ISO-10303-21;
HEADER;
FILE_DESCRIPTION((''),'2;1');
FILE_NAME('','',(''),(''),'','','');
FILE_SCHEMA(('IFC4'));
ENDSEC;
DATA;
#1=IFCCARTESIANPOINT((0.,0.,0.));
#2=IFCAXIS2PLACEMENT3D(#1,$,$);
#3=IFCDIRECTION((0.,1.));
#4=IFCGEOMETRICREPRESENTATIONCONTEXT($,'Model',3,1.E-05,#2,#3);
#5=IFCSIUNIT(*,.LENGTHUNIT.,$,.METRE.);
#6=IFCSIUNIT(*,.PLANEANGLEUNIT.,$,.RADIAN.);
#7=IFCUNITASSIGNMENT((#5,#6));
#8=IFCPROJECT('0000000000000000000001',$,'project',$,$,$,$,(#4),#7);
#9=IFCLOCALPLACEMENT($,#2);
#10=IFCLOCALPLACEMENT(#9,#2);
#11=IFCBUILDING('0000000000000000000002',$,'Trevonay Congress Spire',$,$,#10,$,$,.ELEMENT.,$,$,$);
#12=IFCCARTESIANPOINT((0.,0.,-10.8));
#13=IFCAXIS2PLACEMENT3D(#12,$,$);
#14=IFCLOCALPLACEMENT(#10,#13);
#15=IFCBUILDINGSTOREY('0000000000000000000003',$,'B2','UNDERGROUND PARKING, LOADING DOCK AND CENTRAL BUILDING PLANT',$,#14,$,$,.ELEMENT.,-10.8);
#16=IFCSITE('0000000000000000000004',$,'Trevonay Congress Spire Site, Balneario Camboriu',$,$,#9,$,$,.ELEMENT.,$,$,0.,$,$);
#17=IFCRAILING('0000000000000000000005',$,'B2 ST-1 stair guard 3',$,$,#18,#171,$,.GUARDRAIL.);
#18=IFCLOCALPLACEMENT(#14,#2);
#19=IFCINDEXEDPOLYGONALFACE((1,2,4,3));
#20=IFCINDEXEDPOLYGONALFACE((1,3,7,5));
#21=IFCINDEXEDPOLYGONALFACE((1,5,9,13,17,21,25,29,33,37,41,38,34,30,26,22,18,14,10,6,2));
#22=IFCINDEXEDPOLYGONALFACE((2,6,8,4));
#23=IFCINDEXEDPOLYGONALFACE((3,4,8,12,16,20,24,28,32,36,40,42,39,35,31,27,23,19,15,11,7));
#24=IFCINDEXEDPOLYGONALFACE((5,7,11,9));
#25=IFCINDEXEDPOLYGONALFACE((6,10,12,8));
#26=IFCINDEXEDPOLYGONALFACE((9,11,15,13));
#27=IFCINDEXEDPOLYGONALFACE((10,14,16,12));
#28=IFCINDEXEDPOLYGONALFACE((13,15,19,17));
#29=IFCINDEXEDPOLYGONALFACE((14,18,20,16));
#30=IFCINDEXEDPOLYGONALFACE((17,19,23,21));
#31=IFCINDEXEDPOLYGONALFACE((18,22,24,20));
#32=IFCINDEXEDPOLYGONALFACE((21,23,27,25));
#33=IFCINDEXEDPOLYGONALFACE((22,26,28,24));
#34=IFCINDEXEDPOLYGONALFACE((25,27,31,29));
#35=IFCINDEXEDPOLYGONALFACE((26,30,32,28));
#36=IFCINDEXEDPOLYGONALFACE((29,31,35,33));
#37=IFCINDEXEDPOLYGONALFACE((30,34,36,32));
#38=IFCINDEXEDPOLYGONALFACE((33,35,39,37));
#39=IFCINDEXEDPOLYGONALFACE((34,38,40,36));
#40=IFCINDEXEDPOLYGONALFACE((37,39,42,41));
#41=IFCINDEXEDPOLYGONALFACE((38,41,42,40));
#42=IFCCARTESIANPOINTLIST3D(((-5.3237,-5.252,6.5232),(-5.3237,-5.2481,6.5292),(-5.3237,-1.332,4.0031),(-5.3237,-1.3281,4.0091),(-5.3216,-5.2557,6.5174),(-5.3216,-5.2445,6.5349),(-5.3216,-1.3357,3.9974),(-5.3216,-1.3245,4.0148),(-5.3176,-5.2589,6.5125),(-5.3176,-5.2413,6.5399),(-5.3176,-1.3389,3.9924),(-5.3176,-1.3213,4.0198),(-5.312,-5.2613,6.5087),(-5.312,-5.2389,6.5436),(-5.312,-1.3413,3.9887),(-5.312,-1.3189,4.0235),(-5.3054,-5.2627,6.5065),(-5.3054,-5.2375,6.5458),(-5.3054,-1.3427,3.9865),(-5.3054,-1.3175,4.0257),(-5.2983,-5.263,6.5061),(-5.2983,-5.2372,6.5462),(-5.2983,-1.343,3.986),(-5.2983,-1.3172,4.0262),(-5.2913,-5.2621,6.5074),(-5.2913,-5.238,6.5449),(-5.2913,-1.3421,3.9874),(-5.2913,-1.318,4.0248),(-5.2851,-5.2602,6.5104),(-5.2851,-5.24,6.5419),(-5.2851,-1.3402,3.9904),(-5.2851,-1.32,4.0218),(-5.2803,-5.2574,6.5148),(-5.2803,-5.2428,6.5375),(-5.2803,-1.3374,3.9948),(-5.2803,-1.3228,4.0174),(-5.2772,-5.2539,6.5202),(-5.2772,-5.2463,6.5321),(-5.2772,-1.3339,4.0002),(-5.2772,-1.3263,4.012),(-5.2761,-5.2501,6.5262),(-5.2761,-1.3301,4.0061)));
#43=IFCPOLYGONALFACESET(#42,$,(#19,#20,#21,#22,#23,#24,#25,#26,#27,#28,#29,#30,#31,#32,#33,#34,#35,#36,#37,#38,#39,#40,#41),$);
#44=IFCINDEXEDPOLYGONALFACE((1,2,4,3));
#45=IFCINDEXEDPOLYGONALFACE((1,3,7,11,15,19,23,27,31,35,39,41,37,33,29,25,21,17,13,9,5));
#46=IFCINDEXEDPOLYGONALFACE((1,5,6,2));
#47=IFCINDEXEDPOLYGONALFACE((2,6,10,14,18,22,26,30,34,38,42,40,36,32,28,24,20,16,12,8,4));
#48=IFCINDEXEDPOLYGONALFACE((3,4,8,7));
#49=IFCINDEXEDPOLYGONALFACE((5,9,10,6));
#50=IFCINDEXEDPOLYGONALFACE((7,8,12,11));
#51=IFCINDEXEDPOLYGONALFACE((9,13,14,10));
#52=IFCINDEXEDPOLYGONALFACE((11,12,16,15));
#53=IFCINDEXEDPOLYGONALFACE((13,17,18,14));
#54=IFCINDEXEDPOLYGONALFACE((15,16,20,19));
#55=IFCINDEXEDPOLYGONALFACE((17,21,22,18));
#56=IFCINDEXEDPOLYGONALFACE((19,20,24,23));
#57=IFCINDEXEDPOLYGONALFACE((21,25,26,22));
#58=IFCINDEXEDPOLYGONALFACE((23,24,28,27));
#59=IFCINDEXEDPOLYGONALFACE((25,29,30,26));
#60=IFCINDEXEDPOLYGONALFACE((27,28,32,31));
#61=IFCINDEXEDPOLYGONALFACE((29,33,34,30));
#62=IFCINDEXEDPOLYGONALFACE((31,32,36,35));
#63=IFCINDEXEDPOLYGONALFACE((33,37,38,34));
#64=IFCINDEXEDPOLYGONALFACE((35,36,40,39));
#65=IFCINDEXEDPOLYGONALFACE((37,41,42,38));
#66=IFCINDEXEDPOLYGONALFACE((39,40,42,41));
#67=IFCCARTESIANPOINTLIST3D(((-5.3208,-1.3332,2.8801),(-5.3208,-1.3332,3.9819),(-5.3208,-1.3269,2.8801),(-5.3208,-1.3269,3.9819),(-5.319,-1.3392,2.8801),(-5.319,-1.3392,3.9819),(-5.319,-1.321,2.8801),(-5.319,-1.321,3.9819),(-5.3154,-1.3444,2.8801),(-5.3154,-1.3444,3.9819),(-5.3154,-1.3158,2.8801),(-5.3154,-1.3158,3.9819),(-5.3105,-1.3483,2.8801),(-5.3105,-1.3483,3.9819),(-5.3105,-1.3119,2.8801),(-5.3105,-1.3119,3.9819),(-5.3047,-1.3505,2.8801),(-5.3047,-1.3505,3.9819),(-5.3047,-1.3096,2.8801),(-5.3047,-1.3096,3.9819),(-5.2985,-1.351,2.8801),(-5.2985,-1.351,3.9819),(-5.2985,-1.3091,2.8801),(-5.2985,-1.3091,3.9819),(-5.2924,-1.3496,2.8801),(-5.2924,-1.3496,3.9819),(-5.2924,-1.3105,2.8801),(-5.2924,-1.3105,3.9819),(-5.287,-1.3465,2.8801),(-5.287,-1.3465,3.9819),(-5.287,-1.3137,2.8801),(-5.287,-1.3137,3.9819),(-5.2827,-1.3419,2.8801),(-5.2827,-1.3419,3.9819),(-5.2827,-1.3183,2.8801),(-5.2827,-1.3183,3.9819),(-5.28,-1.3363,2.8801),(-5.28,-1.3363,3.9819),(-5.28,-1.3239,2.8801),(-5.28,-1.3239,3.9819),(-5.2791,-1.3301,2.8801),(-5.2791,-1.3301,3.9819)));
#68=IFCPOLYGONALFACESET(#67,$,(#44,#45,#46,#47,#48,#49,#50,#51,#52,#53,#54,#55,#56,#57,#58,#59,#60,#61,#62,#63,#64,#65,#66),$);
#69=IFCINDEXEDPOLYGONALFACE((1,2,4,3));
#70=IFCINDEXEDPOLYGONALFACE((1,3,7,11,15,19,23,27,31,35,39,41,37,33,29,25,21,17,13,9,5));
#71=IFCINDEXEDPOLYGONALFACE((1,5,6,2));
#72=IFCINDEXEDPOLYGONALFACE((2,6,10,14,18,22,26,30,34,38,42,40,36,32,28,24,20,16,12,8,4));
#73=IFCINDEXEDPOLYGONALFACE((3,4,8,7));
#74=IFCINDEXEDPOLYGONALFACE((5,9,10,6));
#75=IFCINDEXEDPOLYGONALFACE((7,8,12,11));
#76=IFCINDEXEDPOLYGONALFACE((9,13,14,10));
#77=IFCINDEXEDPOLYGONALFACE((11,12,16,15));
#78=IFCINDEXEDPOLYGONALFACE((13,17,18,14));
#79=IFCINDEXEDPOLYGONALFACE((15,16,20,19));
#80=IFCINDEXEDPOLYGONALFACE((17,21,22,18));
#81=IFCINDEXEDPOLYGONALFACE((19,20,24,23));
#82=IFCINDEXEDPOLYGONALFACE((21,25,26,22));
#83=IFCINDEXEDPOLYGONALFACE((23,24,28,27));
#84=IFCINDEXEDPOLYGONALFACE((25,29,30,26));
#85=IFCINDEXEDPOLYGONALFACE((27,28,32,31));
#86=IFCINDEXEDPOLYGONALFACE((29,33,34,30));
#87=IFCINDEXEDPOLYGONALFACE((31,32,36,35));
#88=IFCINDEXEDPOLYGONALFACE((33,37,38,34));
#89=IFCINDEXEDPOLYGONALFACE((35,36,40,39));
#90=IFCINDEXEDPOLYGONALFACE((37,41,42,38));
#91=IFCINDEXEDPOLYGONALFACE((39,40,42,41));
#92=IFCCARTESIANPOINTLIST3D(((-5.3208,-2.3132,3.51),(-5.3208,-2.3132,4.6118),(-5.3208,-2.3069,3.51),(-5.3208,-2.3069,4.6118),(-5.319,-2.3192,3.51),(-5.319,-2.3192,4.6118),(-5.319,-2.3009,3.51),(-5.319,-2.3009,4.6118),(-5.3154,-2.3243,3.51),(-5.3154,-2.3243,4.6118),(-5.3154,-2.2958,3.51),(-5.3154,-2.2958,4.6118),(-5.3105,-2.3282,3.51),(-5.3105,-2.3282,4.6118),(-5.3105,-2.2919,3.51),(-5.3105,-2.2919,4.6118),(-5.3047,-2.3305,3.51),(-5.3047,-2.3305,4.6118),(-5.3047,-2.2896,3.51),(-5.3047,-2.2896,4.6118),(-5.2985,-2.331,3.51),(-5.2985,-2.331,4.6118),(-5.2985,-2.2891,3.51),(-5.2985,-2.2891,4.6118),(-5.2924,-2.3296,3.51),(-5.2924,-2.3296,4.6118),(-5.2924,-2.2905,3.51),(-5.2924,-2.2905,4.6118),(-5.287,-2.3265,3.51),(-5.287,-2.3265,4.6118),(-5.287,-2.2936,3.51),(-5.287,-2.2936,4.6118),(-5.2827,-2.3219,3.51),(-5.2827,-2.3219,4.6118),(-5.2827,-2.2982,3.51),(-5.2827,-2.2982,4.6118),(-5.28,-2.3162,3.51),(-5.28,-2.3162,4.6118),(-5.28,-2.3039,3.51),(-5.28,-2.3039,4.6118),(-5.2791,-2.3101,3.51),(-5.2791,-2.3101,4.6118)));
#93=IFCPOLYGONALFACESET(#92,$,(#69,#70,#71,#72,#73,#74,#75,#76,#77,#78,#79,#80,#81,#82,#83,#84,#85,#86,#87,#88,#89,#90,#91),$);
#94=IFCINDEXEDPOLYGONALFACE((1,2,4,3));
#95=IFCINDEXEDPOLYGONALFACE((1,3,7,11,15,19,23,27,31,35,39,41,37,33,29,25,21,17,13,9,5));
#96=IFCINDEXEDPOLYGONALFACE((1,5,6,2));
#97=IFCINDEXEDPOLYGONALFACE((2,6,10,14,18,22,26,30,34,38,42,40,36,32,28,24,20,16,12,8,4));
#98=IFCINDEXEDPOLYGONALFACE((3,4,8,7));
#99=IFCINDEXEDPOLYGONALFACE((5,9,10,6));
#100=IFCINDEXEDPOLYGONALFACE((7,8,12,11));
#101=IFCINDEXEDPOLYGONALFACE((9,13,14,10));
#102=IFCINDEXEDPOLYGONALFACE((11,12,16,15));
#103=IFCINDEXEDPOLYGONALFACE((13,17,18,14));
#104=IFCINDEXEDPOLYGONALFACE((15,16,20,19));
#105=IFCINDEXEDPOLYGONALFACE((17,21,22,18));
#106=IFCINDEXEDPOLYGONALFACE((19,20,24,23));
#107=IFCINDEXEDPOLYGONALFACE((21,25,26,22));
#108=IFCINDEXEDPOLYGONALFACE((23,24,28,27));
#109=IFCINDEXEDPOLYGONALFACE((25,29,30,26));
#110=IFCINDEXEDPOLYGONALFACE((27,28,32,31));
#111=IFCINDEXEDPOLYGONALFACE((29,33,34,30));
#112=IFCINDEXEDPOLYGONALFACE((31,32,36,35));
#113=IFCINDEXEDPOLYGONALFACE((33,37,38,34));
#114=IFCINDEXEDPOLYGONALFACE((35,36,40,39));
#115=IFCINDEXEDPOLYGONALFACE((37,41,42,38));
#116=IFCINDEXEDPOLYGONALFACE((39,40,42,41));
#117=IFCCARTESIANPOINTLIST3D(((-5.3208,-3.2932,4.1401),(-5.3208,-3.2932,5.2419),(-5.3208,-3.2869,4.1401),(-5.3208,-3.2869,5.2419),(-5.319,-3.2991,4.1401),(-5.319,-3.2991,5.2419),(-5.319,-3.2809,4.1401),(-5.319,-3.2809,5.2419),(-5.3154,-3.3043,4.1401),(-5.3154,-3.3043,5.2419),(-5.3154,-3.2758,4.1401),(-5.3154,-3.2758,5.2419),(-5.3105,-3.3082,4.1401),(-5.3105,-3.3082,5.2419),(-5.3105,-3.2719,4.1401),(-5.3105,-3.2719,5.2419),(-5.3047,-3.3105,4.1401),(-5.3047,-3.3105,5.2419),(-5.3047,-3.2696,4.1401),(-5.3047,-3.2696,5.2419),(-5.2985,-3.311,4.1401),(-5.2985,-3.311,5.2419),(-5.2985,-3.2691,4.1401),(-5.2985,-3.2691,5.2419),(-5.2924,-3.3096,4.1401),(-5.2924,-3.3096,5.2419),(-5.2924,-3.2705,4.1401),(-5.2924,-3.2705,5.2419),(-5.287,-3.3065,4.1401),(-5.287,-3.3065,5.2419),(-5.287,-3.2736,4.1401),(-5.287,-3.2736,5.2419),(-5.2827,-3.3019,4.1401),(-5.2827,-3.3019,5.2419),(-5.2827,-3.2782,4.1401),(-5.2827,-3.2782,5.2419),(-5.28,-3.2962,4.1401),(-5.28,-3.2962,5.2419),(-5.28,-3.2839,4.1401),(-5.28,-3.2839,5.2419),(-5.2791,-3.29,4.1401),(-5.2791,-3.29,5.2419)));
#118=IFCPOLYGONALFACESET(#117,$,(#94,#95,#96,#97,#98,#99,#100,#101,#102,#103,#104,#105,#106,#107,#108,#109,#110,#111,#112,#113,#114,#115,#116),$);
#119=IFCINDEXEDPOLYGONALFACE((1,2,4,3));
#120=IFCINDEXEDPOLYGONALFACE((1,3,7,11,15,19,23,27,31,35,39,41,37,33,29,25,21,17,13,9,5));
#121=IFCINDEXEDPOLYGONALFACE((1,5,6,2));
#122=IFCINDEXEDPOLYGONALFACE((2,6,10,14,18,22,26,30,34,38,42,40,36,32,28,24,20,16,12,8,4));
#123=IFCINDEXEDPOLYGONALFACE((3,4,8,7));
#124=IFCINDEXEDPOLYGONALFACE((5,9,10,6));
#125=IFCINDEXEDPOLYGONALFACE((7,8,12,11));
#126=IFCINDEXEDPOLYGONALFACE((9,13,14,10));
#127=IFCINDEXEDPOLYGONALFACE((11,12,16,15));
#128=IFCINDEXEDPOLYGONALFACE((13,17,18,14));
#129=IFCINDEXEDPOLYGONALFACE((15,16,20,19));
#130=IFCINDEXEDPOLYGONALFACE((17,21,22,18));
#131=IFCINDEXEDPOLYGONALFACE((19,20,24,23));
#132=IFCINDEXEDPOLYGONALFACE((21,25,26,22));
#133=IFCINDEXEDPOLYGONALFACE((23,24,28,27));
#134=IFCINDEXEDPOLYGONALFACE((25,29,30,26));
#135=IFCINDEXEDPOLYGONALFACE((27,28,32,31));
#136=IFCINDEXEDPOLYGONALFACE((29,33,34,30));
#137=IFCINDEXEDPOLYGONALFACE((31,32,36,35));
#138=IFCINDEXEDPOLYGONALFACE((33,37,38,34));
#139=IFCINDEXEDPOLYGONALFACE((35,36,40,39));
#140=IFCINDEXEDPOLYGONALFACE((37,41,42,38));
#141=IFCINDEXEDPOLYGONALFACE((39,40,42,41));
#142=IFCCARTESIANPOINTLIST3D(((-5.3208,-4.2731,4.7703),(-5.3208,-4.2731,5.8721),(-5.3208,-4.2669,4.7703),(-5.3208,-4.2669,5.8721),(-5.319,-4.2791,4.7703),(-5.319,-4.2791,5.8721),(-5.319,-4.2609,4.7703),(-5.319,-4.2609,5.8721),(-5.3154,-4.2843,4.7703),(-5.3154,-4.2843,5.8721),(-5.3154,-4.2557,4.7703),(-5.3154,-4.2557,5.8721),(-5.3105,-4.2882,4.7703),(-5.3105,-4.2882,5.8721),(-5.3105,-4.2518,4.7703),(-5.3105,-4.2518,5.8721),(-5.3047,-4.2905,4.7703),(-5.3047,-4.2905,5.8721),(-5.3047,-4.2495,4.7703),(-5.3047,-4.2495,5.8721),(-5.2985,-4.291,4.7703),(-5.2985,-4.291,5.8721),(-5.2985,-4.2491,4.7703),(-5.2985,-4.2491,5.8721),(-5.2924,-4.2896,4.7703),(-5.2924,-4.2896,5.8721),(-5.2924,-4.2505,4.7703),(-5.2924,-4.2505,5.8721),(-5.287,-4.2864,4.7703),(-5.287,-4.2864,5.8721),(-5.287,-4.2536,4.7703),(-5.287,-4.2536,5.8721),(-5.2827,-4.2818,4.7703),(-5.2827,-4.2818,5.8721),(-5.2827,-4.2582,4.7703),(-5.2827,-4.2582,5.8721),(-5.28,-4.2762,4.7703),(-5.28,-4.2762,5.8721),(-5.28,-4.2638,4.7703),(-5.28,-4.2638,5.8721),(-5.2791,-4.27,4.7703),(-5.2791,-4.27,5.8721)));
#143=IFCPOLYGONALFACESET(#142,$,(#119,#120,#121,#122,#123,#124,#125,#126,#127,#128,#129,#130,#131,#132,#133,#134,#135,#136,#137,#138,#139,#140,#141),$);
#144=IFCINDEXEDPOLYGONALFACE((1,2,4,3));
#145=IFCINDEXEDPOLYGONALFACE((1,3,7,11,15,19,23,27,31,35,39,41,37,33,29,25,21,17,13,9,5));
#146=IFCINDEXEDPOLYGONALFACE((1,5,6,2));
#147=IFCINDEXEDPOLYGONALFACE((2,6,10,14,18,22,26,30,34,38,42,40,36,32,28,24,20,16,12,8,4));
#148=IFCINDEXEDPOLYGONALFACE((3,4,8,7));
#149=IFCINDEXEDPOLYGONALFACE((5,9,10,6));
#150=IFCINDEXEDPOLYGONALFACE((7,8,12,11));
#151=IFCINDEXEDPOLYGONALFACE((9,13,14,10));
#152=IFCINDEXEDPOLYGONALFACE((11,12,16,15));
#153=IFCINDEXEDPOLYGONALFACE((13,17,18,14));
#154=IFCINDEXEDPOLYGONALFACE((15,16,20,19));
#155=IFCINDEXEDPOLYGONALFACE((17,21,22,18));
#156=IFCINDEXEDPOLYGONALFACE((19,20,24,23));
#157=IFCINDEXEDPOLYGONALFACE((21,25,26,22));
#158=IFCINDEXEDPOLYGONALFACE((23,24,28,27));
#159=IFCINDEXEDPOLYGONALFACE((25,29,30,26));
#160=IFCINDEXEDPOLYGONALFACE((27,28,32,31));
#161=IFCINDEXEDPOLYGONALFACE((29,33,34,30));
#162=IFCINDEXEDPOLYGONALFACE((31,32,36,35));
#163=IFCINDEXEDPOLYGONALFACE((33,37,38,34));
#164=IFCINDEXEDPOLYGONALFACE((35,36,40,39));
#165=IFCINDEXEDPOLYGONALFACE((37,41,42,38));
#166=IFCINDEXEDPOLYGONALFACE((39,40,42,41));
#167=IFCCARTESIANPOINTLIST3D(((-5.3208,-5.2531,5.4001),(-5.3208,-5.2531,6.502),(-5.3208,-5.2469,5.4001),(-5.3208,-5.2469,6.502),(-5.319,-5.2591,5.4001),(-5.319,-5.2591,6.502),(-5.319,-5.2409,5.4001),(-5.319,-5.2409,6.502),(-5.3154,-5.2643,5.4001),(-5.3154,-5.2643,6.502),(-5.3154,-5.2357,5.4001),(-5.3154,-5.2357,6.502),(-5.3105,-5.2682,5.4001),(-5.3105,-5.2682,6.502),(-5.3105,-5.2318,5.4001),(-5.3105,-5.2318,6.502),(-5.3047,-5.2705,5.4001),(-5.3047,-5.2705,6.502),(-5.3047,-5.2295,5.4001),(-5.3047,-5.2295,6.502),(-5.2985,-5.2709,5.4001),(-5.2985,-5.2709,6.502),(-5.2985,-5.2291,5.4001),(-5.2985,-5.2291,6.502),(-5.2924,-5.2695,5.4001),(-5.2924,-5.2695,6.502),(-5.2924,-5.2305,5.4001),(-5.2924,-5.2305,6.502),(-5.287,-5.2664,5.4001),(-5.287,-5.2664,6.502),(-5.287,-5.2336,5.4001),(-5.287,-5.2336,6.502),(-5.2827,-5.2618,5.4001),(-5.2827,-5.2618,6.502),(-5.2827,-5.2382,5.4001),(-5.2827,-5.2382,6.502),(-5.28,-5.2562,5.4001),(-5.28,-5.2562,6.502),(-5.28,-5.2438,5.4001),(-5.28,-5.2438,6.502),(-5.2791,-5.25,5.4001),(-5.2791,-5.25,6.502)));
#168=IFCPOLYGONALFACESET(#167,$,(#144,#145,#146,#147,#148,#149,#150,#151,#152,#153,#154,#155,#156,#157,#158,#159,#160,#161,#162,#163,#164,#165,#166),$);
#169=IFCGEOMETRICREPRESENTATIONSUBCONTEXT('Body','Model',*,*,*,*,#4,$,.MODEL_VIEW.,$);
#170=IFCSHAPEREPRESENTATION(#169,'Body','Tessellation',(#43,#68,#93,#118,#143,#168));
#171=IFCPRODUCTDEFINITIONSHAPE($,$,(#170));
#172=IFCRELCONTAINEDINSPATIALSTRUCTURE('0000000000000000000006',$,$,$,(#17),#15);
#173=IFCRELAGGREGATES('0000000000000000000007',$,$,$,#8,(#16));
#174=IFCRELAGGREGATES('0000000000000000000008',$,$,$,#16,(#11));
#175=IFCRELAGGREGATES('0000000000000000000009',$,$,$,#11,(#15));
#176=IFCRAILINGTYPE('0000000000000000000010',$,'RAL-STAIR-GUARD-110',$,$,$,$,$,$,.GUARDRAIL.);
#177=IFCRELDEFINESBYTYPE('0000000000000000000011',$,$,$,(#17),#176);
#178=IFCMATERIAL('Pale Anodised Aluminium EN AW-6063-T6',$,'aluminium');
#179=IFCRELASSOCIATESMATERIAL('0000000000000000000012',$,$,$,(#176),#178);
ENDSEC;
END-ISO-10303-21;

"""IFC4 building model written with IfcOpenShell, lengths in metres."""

from ifc_helpers import new_model, si_unit, direction, frame, origin, origin_2d, place, context, subcontext, project, spatial, circle, extrude, material, type_object, element, save


model = new_model("IFC4")

# Units and contexts
model_context = context("Model", 3, precision=1e-05, world=origin(), true_north=direction((0.0, 1.0)))
body_context = subcontext(model_context, "Body", "Model", "MODEL_VIEW")
ifc_project = project(units=[si_unit("LENGTHUNIT", "METRE"), si_unit("PLANEANGLEUNIT", "RADIAN")], contexts=[model_context])

# Site, building, storey
site_placement = place(None, origin())
site = spatial("IfcSite", under=ifc_project, at=site_placement, Name="Trevonay Congress Spire Site, Balneario Camboriu", CompositionType="ELEMENT", RefElevation=0.0)
building_placement = place(site_placement, origin())
building = spatial("IfcBuilding", under=site, at=building_placement, Name="Trevonay Congress Spire", CompositionType="ELEMENT")
storey_placement = place(building_placement, frame((0.0, 0.0, -10.8)))
storey = spatial("IfcBuildingStorey", under=building, at=storey_placement, Name="B2", Description="UNDERGROUND PARKING, LOADING DOCK AND CENTRAL BUILDING PLANT", CompositionType="ELEMENT", Elevation=-10.8)

# Railing
ifc_material_1 = material(Name="Pale Anodised Aluminium EN AW-6063-T6", Category="aluminium")
railing_type_1 = type_object("IfcRailingType", Name="RAL-STAIR-GUARD-110", PredefinedType="GUARDRAIL", material=ifc_material_1)
railing_1_placement = place(storey_placement, frame((-5.3, -1.3301, 2.8801)))
element("IfcRailing", 1, at=railing_1_placement, inside=storey, type_object=railing_type_1, Name="B2 ST-1 stair guard 3", PredefinedType="GUARDRAIL", context=body_context, shape_type="SweptSolid", body=[
    extrude(circle(Radius=0.0239, at=origin_2d()), frame((0.0, 0.0, 1.126), z_axis=(0.0, -0.841172, 0.540768), x_axis=(1.0, 0.0, 0.0)), (0.0, 0.0, 1.0), 4.6602),
    extrude(circle(Radius=0.021, at=origin_2d()), origin(), (0.0, 0.0, 1.0), 1.1018),
    extrude(circle(Radius=0.021, at=origin_2d()), frame((0.0, -0.98, 0.6299)), (0.0, 0.0, 1.0), 1.1018),
    extrude(circle(Radius=0.021, at=origin_2d()), frame((0.0, -1.96, 1.26)), (0.0, 0.0, 1.0), 1.1018),
    extrude(circle(Radius=0.021, at=origin_2d()), frame((0.0, -2.9399, 1.8901)), (0.0, 0.0, 1.0), 1.1018),
    extrude(circle(Radius=0.021, at=origin_2d()), frame((0.0, -3.9199, 2.52)), (0.0, 0.0, 1.0), 1.1018),
])

save(model, "model.ifc")
